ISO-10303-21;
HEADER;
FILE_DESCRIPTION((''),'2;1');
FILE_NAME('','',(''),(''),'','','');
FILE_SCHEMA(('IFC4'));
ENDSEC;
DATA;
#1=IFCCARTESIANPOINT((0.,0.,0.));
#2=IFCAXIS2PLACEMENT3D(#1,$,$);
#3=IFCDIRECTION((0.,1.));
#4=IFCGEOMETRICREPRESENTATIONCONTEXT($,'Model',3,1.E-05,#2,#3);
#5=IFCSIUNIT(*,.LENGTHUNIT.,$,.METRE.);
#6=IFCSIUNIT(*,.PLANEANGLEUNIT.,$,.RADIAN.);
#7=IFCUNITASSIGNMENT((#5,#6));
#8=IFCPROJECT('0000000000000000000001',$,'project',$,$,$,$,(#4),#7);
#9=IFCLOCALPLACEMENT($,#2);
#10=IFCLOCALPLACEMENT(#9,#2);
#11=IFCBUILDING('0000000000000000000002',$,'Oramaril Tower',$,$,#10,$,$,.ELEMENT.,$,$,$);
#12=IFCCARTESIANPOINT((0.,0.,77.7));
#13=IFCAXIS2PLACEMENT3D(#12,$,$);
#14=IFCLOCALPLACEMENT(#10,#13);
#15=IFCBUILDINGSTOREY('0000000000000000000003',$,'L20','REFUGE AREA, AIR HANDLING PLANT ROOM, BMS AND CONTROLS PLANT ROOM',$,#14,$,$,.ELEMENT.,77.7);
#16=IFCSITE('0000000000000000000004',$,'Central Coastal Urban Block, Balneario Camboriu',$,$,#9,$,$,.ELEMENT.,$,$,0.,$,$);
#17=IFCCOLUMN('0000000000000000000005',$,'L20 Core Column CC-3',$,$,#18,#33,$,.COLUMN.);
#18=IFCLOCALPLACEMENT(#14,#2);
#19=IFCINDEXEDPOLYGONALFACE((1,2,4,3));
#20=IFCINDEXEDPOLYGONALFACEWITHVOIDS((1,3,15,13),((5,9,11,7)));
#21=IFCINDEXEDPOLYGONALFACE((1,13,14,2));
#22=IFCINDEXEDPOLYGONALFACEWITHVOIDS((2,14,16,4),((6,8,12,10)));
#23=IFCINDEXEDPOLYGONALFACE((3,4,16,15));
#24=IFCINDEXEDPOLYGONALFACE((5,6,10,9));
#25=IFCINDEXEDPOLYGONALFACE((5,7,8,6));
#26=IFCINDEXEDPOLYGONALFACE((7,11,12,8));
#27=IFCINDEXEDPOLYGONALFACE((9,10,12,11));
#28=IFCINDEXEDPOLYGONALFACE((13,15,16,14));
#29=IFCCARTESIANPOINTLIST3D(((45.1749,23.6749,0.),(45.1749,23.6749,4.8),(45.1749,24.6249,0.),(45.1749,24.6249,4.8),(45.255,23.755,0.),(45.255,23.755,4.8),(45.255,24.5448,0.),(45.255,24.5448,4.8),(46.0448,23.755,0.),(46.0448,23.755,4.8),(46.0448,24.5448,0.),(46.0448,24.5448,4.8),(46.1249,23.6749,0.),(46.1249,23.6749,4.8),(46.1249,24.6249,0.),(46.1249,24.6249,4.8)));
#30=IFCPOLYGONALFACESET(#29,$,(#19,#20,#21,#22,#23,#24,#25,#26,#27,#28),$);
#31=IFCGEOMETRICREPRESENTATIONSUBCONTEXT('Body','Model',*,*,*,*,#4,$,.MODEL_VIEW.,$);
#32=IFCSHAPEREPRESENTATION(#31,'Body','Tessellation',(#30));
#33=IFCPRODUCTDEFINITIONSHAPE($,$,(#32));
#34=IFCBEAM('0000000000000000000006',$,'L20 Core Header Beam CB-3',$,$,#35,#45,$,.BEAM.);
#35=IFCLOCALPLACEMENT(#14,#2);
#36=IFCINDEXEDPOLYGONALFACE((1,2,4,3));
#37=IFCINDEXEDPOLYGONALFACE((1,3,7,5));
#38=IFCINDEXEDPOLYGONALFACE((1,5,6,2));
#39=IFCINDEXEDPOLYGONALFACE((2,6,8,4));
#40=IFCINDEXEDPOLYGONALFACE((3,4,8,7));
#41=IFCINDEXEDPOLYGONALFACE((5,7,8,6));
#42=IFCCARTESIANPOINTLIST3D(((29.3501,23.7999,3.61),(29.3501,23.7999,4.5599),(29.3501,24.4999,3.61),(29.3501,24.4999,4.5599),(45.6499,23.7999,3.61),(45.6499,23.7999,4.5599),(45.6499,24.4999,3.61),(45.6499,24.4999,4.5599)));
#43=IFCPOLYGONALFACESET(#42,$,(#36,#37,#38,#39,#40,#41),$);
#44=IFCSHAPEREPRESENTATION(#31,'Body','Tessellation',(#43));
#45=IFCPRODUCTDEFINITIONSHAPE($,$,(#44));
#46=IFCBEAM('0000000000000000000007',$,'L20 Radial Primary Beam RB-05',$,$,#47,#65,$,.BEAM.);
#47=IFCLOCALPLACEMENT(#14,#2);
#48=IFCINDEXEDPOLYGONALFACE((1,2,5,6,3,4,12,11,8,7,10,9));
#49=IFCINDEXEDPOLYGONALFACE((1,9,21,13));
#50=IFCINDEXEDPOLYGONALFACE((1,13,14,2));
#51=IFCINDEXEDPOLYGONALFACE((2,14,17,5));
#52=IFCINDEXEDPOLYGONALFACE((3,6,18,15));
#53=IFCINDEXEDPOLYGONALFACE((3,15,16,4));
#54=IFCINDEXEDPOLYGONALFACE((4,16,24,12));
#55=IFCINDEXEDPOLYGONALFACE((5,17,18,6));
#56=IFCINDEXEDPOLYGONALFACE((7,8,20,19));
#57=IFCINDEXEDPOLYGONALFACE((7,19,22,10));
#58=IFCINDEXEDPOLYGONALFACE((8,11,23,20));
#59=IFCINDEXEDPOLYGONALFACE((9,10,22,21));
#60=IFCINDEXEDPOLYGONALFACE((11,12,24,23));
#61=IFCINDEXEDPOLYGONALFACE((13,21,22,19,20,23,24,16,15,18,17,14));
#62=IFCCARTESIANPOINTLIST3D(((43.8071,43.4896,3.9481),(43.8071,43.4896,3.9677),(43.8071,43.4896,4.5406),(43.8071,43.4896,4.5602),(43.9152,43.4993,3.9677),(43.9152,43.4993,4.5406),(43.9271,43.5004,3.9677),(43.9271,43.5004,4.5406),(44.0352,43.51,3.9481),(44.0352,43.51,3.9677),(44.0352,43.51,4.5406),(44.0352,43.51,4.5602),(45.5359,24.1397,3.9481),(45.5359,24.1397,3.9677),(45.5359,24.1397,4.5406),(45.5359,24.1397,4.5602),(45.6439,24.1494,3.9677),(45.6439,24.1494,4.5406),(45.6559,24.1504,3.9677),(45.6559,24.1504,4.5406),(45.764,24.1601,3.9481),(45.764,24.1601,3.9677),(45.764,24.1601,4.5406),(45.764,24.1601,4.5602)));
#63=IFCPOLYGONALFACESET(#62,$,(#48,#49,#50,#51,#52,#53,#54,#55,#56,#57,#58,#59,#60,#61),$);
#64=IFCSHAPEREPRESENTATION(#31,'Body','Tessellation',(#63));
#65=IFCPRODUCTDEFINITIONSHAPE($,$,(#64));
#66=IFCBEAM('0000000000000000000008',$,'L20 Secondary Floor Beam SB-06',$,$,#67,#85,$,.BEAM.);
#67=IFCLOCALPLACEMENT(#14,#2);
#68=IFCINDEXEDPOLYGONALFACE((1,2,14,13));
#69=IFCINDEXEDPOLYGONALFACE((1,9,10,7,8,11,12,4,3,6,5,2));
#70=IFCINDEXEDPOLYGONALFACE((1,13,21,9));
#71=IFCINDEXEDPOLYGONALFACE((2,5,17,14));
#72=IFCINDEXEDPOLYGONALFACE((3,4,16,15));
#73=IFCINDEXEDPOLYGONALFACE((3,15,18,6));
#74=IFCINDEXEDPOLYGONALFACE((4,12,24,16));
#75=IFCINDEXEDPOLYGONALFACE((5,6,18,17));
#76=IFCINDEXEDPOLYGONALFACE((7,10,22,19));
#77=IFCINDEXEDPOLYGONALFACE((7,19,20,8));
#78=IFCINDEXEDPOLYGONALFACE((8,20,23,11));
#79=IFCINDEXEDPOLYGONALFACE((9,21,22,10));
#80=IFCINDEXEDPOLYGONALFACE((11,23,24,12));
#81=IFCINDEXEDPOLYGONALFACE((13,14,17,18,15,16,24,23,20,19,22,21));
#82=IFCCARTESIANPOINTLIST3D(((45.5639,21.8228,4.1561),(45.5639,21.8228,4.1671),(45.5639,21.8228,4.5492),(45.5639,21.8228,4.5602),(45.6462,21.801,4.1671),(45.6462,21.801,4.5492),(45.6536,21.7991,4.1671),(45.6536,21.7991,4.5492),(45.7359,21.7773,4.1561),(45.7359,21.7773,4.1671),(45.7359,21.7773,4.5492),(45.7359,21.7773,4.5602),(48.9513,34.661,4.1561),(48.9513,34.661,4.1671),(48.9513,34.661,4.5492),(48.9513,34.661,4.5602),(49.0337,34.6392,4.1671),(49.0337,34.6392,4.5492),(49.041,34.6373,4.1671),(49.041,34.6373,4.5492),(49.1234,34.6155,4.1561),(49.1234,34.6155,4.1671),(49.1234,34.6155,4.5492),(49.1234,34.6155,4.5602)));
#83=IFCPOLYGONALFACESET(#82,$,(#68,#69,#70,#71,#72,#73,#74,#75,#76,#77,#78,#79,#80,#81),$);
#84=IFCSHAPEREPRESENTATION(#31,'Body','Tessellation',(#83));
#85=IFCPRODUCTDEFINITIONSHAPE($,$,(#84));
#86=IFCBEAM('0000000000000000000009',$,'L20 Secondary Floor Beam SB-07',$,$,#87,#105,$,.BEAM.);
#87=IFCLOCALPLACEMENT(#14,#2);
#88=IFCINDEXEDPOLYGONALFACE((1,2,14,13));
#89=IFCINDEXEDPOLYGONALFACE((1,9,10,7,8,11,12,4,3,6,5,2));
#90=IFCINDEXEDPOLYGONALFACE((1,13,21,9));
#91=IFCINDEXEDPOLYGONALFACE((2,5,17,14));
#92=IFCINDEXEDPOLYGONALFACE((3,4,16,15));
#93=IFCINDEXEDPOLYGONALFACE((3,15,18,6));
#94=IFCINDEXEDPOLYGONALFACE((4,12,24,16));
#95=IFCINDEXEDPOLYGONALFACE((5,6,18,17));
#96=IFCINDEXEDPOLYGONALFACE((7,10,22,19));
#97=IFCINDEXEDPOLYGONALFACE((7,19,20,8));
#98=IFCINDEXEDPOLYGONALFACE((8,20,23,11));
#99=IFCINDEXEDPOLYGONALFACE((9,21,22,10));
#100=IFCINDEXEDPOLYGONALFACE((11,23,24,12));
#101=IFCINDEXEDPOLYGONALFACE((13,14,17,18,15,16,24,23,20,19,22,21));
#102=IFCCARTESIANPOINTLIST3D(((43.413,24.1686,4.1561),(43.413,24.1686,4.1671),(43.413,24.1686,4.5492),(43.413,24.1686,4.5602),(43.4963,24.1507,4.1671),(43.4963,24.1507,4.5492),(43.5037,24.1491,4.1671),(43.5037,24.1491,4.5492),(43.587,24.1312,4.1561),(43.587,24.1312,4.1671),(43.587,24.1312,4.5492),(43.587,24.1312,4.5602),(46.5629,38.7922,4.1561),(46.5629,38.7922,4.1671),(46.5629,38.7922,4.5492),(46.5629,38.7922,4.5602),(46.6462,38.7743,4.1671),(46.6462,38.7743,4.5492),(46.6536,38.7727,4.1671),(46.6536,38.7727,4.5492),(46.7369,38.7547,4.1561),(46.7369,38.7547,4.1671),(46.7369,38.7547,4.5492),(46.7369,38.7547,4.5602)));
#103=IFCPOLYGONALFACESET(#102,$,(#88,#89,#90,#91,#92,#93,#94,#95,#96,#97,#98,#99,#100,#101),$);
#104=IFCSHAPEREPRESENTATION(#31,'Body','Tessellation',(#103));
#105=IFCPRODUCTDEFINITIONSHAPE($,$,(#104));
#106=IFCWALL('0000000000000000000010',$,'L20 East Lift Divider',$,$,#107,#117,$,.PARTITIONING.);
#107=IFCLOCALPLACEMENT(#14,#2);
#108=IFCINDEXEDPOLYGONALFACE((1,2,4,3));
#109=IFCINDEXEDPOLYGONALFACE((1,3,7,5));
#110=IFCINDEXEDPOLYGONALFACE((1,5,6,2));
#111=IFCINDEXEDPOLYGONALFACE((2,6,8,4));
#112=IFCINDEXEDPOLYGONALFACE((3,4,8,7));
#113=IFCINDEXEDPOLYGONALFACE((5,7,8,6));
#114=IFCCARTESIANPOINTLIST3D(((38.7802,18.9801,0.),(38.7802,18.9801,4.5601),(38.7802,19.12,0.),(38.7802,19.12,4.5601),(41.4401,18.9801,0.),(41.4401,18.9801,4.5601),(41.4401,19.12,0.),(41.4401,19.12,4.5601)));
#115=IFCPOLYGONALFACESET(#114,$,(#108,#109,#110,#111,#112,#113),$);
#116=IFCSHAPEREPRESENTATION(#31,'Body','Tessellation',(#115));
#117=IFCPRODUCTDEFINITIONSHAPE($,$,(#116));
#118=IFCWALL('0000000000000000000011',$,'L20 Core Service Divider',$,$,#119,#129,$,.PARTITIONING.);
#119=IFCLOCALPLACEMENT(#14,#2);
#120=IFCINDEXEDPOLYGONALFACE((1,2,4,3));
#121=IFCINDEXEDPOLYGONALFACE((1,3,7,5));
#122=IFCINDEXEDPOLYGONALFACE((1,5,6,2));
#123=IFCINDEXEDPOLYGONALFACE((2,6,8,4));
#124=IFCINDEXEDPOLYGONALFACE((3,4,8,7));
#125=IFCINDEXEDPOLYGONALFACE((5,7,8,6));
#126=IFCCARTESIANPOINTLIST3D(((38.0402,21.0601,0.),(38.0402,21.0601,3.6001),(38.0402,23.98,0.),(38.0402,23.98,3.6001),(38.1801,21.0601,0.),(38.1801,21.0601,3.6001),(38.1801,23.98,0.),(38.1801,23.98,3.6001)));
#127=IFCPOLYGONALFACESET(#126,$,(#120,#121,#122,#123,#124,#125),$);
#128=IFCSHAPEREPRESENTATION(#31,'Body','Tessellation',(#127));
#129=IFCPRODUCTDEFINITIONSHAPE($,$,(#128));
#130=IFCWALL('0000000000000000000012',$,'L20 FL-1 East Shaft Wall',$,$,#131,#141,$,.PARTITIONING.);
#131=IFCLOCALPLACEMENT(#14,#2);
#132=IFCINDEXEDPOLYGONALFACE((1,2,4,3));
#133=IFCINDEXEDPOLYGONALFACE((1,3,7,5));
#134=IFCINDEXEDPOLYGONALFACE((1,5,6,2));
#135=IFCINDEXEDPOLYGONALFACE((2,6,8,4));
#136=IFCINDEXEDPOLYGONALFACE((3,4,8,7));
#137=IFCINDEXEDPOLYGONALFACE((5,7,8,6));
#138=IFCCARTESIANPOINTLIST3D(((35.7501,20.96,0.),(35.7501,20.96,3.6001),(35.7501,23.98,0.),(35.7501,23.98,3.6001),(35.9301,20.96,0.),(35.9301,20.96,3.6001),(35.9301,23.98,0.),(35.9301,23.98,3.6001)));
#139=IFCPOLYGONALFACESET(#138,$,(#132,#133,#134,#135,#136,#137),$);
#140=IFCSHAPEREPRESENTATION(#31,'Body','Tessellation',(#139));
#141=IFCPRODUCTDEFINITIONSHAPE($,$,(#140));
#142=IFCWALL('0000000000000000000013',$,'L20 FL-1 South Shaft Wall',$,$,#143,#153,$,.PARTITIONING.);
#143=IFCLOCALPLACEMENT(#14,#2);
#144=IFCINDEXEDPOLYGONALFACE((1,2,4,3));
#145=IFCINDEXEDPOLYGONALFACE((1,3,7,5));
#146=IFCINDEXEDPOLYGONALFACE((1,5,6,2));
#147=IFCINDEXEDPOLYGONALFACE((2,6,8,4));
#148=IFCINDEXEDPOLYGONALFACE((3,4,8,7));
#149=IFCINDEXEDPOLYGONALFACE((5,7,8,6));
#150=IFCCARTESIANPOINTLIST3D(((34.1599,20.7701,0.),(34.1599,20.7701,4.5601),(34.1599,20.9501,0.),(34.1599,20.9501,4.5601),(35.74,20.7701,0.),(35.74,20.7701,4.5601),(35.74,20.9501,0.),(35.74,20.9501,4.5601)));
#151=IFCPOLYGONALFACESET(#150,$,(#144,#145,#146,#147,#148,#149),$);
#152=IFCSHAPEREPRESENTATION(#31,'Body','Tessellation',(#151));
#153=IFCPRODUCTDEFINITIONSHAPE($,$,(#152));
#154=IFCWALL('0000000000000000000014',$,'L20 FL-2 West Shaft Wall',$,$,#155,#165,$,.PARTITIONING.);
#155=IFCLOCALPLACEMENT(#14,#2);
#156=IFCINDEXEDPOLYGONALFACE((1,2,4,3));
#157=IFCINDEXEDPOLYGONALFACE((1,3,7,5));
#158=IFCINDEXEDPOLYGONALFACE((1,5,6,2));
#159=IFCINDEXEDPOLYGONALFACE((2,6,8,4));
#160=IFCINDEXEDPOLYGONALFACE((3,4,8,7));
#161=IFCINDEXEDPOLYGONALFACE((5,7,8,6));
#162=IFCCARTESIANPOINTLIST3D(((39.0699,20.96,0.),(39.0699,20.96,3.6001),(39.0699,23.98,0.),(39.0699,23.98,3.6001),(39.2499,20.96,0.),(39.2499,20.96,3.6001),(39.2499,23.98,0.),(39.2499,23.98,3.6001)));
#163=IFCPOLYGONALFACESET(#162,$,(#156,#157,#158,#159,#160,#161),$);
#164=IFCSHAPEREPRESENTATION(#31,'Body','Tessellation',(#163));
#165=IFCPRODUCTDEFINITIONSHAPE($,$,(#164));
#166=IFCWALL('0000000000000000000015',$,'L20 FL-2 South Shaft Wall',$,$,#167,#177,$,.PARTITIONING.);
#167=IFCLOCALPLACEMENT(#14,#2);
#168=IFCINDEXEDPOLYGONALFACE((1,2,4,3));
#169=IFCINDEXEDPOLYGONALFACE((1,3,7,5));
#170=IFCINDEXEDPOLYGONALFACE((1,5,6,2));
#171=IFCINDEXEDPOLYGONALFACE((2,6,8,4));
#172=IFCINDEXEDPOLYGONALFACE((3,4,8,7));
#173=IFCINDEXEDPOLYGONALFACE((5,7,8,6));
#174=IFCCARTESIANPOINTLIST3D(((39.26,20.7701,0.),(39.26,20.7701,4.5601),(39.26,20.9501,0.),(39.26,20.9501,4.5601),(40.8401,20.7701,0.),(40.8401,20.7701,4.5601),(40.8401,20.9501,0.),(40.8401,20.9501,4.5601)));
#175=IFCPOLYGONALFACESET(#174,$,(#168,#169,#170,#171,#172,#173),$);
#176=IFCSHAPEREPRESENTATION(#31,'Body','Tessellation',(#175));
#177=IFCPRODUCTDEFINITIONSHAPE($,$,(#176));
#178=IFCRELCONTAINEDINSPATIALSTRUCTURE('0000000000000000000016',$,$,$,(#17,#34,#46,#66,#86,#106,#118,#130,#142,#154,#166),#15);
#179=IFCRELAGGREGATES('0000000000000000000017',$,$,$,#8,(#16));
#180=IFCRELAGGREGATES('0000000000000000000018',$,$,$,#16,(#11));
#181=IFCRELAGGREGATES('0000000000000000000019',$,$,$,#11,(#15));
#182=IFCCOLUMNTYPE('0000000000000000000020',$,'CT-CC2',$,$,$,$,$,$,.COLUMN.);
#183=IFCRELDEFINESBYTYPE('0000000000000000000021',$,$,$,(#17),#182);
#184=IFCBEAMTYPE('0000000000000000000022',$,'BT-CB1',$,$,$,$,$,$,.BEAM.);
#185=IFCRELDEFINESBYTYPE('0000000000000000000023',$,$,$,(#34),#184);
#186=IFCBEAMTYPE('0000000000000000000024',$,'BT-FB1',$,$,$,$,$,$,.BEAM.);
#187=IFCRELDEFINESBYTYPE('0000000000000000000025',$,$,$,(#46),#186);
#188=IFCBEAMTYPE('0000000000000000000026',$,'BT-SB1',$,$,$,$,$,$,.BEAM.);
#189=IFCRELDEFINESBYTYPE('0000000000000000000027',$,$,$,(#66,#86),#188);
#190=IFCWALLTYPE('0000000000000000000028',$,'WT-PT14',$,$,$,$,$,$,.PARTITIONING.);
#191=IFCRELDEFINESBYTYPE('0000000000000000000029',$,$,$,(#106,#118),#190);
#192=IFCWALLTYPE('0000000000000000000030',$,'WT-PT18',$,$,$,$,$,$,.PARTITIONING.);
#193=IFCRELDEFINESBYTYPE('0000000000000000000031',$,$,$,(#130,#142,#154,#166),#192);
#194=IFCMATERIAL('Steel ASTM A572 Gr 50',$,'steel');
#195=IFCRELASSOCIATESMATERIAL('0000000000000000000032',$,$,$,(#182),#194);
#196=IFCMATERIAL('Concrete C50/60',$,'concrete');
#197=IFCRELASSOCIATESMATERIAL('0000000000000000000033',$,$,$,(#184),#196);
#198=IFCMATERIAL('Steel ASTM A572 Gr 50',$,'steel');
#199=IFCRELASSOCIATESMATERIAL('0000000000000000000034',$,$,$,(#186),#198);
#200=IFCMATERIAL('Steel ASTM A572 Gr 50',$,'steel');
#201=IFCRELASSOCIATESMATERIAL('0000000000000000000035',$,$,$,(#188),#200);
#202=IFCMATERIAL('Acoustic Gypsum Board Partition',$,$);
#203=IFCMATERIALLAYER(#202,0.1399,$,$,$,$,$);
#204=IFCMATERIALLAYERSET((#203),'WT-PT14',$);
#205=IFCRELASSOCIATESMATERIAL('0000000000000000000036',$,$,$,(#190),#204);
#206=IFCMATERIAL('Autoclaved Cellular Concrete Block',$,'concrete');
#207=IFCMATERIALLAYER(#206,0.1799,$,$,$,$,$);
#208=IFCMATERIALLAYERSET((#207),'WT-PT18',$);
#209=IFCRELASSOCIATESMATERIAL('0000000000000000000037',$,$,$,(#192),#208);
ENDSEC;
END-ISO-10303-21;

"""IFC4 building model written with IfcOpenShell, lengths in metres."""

from ifc_helpers import new_model, si_unit, direction, frame, frame_2d, origin, origin_2d, place, context, subcontext, project, spatial, rectangle, hollow_rectangle, i_section, extrude, material, layer, layer_set, material_profile, profile_set, type_object, element, save


model = new_model("IFC4")

# Units and contexts
model_context = context("Model", 3, precision=1e-05, world=origin(), true_north=direction((0.0, 1.0)))
body_context = subcontext(model_context, "Body", "Model", "MODEL_VIEW")
ifc_project = project(units=[si_unit("LENGTHUNIT", "METRE"), si_unit("PLANEANGLEUNIT", "RADIAN")], contexts=[model_context])

# Site, building, storey
site_placement = place(None, origin())
site = spatial("IfcSite", under=ifc_project, at=site_placement, Name="Central Coastal Urban Block, Balneario Camboriu", CompositionType="ELEMENT", RefElevation=0.0)
building_placement = place(site_placement, origin())
building = spatial("IfcBuilding", under=site, at=building_placement, Name="Oramaril Tower", CompositionType="ELEMENT")
storey_placement = place(building_placement, frame((0.0, 0.0, 77.7)))
storey = spatial("IfcBuildingStorey", under=building, at=storey_placement, Name="L20", Description="REFUGE AREA, AIR HANDLING PLANT ROOM, BMS AND CONTROLS PLANT ROOM", CompositionType="ELEMENT", Elevation=77.7)

# Column
ifc_material_1 = material(Name="Steel ASTM A572 Gr 50", Category="steel")
ifc_material_profile_1 = material_profile(ifc_material_1, hollow_rectangle(XDim=0.95, YDim=0.95, WallThickness=0.0801, at=origin_2d()), Name="BOX950X950X80")
ifc_profile_set_1 = profile_set([ifc_material_profile_1], Name="Steel ASTM A572 Gr 50")
column_type = type_object("IfcColumnType", Name="CT-CC2", PredefinedType="COLUMN", material=ifc_profile_set_1)
column_placement = place(storey_placement, frame((45.6499, 24.1499, 0.0), z_axis=(0.0, 0.0, 1.0), x_axis=(1.0, 0.0, 0.0)))
element("IfcColumn", 1, at=column_placement, inside=storey, type_object=column_type, Name="L20 Core Column CC-3", PredefinedType="COLUMN", context=body_context, shape_type="SweptSolid", body=[
    extrude(hollow_rectangle(XDim=0.95, YDim=0.95, WallThickness=0.0801, at=origin_2d()), origin(), (0.0, 0.0, 1.0), 4.8),
])

# Beams
ifc_material_2 = material(Name="Concrete C50/60", Category="concrete")
ifc_material_profile_2 = material_profile(ifc_material_2, rectangle(XDim=0.7, YDim=0.95, at=origin_2d()), Name="CB700X950")
ifc_profile_set_2 = profile_set([ifc_material_profile_2], Name="Concrete C50/60")
beam_type_1 = type_object("IfcBeamType", Name="BT-CB1", PredefinedType="BEAM", material=ifc_profile_set_2)
beam_1_placement = place(storey_placement, frame((45.6499, 24.1499, 4.085), z_axis=(-1.0, 0.0, 0.0), x_axis=(0.0, -1.0, 0.0)))
element("IfcBeam", 2, at=beam_1_placement, inside=storey, type_object=beam_type_1, Name="L20 Core Header Beam CB-3", PredefinedType="BEAM", context=body_context, shape_type="SweptSolid", body=[
    extrude(rectangle(XDim=0.7, YDim=0.95, at=origin_2d()), origin(), (0.0, 0.0, 1.0), 16.2998),
])
ifc_material_3 = material(Name="Steel ASTM A572 Gr 50", Category="steel")
ifc_material_profile_3 = material_profile(ifc_material_3, i_section(OverallWidth=0.229, OverallDepth=0.6121, WebThickness=0.012, FlangeThickness=0.0195, at=origin_2d()), Name="W24X84")
ifc_profile_set_3 = profile_set([ifc_material_profile_3], Name="Steel ASTM A572 Gr 50")
beam_type_2 = type_object("IfcBeamType", Name="BT-FB1", PredefinedType="BEAM", material=ifc_profile_set_3)
beam_2_placement = place(storey_placement, frame((45.6499, 24.1499, 4.2542), z_axis=(-0.088988, 0.996033, 0.0), x_axis=(-0.996033, -0.088988, 0.0)))
element("IfcBeam", 3, at=beam_2_placement, inside=storey, type_object=beam_type_2, Name="L20 Radial Primary Beam RB-05", PredefinedType="BEAM", context=body_context, shape_type="SweptSolid", body=[
    extrude(i_section(OverallWidth=0.229, OverallDepth=0.6121, WebThickness=0.012, FlangeThickness=0.0195, at=origin_2d()), origin(), (0.0, 0.0, 1.0), 19.427),
])
ifc_material_4 = material(Name="Steel ASTM A572 Gr 50", Category="steel")
ifc_material_profile_4 = material_profile(ifc_material_4, i_section(OverallWidth=0.178, OverallDepth=0.4041, WebThickness=0.0076, FlangeThickness=0.011, at=origin_2d()), Name="W16X36")
ifc_profile_set_4 = profile_set([ifc_material_profile_4], Name="Steel ASTM A572 Gr 50")
beam_type_3 = type_object("IfcBeamType", Name="BT-SB1", PredefinedType="BEAM", material=ifc_profile_set_4)
beam_3_placement = place(storey_placement, frame((45.6499, 21.8, 4.3582), z_axis=(0.255127, 0.966908, 0.0), x_axis=(-0.966908, 0.255127, 0.0)))
element("IfcBeam", 4, at=beam_3_placement, inside=storey, type_object=beam_type_3, Name="L20 Secondary Floor Beam SB-06", PredefinedType="BEAM", context=body_context, shape_type="SweptSolid", body=[
    extrude(i_section(OverallWidth=0.178, OverallDepth=0.4041, WebThickness=0.0076, FlangeThickness=0.011, at=origin_2d()), origin(), (0.0, 0.0, 1.0), 13.2776),
])
beam_4_placement = place(storey_placement, frame((43.5, 24.1499, 4.3582), z_axis=(0.21057, 0.977579, 0.0), x_axis=(-0.977579, 0.21057, 0.0)))
element("IfcBeam", 5, at=beam_4_placement, inside=storey, type_object=beam_type_3, Name="L20 Secondary Floor Beam SB-07", PredefinedType="BEAM", context=body_context, shape_type="SweptSolid", body=[
    extrude(i_section(OverallWidth=0.178, OverallDepth=0.4041, WebThickness=0.0076, FlangeThickness=0.011, at=origin_2d()), origin(), (0.0, 0.0, 1.0), 14.959),
])

# Walls
ifc_material_5 = material(Name="Acoustic Gypsum Board Partition")
ifc_layer_1 = layer(ifc_material_5, 0.1399)
ifc_layer_set_1 = layer_set([ifc_layer_1], Name="WT-PT14")
wall_type_1 = type_object("IfcWallType", Name="WT-PT14", PredefinedType="PARTITIONING", material=ifc_layer_set_1)
wall_1_placement = place(storey_placement, frame((38.78, 19.05, 0.0), z_axis=(0.0, 0.0, 1.0), x_axis=(1.0, 0.0, 0.0)))
element("IfcWall", 6, at=wall_1_placement, inside=storey, type_object=wall_type_1, Name="L20 East Lift Divider", PredefinedType="PARTITIONING", context=body_context, shape_type="SweptSolid", body=[
    extrude(rectangle(XDim=2.6599, YDim=0.1399, at=frame_2d((1.3301, 0.0))), origin(), (0.0, 0.0, 1.0), 4.5601),
])
wall_2_placement = place(storey_placement, frame((38.1101, 21.0601, 0.0), z_axis=(0.0, 0.0, 1.0), x_axis=(0.0, 1.0, 0.0)))
element("IfcWall", 7, at=wall_2_placement, inside=storey, type_object=wall_type_1, Name="L20 Core Service Divider", PredefinedType="PARTITIONING", context=body_context, shape_type="SweptSolid", body=[
    extrude(rectangle(XDim=2.9199, YDim=0.1399, at=frame_2d((1.46, 0.0))), origin(), (0.0, 0.0, 1.0), 3.6001),
])
ifc_material_6 = material(Name="Autoclaved Cellular Concrete Block", Category="concrete")
ifc_layer_2 = layer(ifc_material_6, 0.1799)
ifc_layer_set_2 = layer_set([ifc_layer_2], Name="WT-PT18")
wall_type_2 = type_object("IfcWallType", Name="WT-PT18", PredefinedType="PARTITIONING", material=ifc_layer_set_2)
wall_3_placement = place(storey_placement, frame((35.8401, 20.96, 0.0), z_axis=(0.0, 0.0, 1.0), x_axis=(0.0, 1.0, 0.0)))
element("IfcWall", 8, at=wall_3_placement, inside=storey, type_object=wall_type_2, Name="L20 FL-1 East Shaft Wall", PredefinedType="PARTITIONING", context=body_context, shape_type="SweptSolid", body=[
    extrude(rectangle(XDim=3.02, YDim=0.1799, at=frame_2d((1.51, 0.0))), origin(), (0.0, 0.0, 1.0), 3.6001),
])
wall_4_placement = place(storey_placement, frame((34.1599, 20.8601, 0.0), z_axis=(0.0, 0.0, 1.0), x_axis=(1.0, 0.0, 0.0)))
element("IfcWall", 9, at=wall_4_placement, inside=storey, type_object=wall_type_2, Name="L20 FL-1 South Shaft Wall", PredefinedType="PARTITIONING", context=body_context, shape_type="SweptSolid", body=[
    extrude(rectangle(XDim=1.5801, YDim=0.1799, at=frame_2d((0.79, 0.0))), origin(), (0.0, 0.0, 1.0), 4.5601),
])
wall_5_placement = place(storey_placement, frame((39.1599, 20.96, 0.0), z_axis=(0.0, 0.0, 1.0), x_axis=(0.0, 1.0, 0.0)))
element("IfcWall", 10, at=wall_5_placement, inside=storey, type_object=wall_type_2, Name="L20 FL-2 West Shaft Wall", PredefinedType="PARTITIONING", context=body_context, shape_type="SweptSolid", body=[
    extrude(rectangle(XDim=3.02, YDim=0.1799, at=frame_2d((1.51, 0.0))), origin(), (0.0, 0.0, 1.0), 3.6001),
])
wall_6_placement = place(storey_placement, frame((39.26, 20.8601, 0.0), z_axis=(0.0, 0.0, 1.0), x_axis=(1.0, 0.0, 0.0)))
element("IfcWall", 11, at=wall_6_placement, inside=storey, type_object=wall_type_2, Name="L20 FL-2 South Shaft Wall", PredefinedType="PARTITIONING", context=body_context, shape_type="SweptSolid", body=[
    extrude(rectangle(XDim=1.5801, YDim=0.1799, at=frame_2d((0.79, 0.0))), origin(), (0.0, 0.0, 1.0), 4.5601),
])

save(model, "model.ifc")
